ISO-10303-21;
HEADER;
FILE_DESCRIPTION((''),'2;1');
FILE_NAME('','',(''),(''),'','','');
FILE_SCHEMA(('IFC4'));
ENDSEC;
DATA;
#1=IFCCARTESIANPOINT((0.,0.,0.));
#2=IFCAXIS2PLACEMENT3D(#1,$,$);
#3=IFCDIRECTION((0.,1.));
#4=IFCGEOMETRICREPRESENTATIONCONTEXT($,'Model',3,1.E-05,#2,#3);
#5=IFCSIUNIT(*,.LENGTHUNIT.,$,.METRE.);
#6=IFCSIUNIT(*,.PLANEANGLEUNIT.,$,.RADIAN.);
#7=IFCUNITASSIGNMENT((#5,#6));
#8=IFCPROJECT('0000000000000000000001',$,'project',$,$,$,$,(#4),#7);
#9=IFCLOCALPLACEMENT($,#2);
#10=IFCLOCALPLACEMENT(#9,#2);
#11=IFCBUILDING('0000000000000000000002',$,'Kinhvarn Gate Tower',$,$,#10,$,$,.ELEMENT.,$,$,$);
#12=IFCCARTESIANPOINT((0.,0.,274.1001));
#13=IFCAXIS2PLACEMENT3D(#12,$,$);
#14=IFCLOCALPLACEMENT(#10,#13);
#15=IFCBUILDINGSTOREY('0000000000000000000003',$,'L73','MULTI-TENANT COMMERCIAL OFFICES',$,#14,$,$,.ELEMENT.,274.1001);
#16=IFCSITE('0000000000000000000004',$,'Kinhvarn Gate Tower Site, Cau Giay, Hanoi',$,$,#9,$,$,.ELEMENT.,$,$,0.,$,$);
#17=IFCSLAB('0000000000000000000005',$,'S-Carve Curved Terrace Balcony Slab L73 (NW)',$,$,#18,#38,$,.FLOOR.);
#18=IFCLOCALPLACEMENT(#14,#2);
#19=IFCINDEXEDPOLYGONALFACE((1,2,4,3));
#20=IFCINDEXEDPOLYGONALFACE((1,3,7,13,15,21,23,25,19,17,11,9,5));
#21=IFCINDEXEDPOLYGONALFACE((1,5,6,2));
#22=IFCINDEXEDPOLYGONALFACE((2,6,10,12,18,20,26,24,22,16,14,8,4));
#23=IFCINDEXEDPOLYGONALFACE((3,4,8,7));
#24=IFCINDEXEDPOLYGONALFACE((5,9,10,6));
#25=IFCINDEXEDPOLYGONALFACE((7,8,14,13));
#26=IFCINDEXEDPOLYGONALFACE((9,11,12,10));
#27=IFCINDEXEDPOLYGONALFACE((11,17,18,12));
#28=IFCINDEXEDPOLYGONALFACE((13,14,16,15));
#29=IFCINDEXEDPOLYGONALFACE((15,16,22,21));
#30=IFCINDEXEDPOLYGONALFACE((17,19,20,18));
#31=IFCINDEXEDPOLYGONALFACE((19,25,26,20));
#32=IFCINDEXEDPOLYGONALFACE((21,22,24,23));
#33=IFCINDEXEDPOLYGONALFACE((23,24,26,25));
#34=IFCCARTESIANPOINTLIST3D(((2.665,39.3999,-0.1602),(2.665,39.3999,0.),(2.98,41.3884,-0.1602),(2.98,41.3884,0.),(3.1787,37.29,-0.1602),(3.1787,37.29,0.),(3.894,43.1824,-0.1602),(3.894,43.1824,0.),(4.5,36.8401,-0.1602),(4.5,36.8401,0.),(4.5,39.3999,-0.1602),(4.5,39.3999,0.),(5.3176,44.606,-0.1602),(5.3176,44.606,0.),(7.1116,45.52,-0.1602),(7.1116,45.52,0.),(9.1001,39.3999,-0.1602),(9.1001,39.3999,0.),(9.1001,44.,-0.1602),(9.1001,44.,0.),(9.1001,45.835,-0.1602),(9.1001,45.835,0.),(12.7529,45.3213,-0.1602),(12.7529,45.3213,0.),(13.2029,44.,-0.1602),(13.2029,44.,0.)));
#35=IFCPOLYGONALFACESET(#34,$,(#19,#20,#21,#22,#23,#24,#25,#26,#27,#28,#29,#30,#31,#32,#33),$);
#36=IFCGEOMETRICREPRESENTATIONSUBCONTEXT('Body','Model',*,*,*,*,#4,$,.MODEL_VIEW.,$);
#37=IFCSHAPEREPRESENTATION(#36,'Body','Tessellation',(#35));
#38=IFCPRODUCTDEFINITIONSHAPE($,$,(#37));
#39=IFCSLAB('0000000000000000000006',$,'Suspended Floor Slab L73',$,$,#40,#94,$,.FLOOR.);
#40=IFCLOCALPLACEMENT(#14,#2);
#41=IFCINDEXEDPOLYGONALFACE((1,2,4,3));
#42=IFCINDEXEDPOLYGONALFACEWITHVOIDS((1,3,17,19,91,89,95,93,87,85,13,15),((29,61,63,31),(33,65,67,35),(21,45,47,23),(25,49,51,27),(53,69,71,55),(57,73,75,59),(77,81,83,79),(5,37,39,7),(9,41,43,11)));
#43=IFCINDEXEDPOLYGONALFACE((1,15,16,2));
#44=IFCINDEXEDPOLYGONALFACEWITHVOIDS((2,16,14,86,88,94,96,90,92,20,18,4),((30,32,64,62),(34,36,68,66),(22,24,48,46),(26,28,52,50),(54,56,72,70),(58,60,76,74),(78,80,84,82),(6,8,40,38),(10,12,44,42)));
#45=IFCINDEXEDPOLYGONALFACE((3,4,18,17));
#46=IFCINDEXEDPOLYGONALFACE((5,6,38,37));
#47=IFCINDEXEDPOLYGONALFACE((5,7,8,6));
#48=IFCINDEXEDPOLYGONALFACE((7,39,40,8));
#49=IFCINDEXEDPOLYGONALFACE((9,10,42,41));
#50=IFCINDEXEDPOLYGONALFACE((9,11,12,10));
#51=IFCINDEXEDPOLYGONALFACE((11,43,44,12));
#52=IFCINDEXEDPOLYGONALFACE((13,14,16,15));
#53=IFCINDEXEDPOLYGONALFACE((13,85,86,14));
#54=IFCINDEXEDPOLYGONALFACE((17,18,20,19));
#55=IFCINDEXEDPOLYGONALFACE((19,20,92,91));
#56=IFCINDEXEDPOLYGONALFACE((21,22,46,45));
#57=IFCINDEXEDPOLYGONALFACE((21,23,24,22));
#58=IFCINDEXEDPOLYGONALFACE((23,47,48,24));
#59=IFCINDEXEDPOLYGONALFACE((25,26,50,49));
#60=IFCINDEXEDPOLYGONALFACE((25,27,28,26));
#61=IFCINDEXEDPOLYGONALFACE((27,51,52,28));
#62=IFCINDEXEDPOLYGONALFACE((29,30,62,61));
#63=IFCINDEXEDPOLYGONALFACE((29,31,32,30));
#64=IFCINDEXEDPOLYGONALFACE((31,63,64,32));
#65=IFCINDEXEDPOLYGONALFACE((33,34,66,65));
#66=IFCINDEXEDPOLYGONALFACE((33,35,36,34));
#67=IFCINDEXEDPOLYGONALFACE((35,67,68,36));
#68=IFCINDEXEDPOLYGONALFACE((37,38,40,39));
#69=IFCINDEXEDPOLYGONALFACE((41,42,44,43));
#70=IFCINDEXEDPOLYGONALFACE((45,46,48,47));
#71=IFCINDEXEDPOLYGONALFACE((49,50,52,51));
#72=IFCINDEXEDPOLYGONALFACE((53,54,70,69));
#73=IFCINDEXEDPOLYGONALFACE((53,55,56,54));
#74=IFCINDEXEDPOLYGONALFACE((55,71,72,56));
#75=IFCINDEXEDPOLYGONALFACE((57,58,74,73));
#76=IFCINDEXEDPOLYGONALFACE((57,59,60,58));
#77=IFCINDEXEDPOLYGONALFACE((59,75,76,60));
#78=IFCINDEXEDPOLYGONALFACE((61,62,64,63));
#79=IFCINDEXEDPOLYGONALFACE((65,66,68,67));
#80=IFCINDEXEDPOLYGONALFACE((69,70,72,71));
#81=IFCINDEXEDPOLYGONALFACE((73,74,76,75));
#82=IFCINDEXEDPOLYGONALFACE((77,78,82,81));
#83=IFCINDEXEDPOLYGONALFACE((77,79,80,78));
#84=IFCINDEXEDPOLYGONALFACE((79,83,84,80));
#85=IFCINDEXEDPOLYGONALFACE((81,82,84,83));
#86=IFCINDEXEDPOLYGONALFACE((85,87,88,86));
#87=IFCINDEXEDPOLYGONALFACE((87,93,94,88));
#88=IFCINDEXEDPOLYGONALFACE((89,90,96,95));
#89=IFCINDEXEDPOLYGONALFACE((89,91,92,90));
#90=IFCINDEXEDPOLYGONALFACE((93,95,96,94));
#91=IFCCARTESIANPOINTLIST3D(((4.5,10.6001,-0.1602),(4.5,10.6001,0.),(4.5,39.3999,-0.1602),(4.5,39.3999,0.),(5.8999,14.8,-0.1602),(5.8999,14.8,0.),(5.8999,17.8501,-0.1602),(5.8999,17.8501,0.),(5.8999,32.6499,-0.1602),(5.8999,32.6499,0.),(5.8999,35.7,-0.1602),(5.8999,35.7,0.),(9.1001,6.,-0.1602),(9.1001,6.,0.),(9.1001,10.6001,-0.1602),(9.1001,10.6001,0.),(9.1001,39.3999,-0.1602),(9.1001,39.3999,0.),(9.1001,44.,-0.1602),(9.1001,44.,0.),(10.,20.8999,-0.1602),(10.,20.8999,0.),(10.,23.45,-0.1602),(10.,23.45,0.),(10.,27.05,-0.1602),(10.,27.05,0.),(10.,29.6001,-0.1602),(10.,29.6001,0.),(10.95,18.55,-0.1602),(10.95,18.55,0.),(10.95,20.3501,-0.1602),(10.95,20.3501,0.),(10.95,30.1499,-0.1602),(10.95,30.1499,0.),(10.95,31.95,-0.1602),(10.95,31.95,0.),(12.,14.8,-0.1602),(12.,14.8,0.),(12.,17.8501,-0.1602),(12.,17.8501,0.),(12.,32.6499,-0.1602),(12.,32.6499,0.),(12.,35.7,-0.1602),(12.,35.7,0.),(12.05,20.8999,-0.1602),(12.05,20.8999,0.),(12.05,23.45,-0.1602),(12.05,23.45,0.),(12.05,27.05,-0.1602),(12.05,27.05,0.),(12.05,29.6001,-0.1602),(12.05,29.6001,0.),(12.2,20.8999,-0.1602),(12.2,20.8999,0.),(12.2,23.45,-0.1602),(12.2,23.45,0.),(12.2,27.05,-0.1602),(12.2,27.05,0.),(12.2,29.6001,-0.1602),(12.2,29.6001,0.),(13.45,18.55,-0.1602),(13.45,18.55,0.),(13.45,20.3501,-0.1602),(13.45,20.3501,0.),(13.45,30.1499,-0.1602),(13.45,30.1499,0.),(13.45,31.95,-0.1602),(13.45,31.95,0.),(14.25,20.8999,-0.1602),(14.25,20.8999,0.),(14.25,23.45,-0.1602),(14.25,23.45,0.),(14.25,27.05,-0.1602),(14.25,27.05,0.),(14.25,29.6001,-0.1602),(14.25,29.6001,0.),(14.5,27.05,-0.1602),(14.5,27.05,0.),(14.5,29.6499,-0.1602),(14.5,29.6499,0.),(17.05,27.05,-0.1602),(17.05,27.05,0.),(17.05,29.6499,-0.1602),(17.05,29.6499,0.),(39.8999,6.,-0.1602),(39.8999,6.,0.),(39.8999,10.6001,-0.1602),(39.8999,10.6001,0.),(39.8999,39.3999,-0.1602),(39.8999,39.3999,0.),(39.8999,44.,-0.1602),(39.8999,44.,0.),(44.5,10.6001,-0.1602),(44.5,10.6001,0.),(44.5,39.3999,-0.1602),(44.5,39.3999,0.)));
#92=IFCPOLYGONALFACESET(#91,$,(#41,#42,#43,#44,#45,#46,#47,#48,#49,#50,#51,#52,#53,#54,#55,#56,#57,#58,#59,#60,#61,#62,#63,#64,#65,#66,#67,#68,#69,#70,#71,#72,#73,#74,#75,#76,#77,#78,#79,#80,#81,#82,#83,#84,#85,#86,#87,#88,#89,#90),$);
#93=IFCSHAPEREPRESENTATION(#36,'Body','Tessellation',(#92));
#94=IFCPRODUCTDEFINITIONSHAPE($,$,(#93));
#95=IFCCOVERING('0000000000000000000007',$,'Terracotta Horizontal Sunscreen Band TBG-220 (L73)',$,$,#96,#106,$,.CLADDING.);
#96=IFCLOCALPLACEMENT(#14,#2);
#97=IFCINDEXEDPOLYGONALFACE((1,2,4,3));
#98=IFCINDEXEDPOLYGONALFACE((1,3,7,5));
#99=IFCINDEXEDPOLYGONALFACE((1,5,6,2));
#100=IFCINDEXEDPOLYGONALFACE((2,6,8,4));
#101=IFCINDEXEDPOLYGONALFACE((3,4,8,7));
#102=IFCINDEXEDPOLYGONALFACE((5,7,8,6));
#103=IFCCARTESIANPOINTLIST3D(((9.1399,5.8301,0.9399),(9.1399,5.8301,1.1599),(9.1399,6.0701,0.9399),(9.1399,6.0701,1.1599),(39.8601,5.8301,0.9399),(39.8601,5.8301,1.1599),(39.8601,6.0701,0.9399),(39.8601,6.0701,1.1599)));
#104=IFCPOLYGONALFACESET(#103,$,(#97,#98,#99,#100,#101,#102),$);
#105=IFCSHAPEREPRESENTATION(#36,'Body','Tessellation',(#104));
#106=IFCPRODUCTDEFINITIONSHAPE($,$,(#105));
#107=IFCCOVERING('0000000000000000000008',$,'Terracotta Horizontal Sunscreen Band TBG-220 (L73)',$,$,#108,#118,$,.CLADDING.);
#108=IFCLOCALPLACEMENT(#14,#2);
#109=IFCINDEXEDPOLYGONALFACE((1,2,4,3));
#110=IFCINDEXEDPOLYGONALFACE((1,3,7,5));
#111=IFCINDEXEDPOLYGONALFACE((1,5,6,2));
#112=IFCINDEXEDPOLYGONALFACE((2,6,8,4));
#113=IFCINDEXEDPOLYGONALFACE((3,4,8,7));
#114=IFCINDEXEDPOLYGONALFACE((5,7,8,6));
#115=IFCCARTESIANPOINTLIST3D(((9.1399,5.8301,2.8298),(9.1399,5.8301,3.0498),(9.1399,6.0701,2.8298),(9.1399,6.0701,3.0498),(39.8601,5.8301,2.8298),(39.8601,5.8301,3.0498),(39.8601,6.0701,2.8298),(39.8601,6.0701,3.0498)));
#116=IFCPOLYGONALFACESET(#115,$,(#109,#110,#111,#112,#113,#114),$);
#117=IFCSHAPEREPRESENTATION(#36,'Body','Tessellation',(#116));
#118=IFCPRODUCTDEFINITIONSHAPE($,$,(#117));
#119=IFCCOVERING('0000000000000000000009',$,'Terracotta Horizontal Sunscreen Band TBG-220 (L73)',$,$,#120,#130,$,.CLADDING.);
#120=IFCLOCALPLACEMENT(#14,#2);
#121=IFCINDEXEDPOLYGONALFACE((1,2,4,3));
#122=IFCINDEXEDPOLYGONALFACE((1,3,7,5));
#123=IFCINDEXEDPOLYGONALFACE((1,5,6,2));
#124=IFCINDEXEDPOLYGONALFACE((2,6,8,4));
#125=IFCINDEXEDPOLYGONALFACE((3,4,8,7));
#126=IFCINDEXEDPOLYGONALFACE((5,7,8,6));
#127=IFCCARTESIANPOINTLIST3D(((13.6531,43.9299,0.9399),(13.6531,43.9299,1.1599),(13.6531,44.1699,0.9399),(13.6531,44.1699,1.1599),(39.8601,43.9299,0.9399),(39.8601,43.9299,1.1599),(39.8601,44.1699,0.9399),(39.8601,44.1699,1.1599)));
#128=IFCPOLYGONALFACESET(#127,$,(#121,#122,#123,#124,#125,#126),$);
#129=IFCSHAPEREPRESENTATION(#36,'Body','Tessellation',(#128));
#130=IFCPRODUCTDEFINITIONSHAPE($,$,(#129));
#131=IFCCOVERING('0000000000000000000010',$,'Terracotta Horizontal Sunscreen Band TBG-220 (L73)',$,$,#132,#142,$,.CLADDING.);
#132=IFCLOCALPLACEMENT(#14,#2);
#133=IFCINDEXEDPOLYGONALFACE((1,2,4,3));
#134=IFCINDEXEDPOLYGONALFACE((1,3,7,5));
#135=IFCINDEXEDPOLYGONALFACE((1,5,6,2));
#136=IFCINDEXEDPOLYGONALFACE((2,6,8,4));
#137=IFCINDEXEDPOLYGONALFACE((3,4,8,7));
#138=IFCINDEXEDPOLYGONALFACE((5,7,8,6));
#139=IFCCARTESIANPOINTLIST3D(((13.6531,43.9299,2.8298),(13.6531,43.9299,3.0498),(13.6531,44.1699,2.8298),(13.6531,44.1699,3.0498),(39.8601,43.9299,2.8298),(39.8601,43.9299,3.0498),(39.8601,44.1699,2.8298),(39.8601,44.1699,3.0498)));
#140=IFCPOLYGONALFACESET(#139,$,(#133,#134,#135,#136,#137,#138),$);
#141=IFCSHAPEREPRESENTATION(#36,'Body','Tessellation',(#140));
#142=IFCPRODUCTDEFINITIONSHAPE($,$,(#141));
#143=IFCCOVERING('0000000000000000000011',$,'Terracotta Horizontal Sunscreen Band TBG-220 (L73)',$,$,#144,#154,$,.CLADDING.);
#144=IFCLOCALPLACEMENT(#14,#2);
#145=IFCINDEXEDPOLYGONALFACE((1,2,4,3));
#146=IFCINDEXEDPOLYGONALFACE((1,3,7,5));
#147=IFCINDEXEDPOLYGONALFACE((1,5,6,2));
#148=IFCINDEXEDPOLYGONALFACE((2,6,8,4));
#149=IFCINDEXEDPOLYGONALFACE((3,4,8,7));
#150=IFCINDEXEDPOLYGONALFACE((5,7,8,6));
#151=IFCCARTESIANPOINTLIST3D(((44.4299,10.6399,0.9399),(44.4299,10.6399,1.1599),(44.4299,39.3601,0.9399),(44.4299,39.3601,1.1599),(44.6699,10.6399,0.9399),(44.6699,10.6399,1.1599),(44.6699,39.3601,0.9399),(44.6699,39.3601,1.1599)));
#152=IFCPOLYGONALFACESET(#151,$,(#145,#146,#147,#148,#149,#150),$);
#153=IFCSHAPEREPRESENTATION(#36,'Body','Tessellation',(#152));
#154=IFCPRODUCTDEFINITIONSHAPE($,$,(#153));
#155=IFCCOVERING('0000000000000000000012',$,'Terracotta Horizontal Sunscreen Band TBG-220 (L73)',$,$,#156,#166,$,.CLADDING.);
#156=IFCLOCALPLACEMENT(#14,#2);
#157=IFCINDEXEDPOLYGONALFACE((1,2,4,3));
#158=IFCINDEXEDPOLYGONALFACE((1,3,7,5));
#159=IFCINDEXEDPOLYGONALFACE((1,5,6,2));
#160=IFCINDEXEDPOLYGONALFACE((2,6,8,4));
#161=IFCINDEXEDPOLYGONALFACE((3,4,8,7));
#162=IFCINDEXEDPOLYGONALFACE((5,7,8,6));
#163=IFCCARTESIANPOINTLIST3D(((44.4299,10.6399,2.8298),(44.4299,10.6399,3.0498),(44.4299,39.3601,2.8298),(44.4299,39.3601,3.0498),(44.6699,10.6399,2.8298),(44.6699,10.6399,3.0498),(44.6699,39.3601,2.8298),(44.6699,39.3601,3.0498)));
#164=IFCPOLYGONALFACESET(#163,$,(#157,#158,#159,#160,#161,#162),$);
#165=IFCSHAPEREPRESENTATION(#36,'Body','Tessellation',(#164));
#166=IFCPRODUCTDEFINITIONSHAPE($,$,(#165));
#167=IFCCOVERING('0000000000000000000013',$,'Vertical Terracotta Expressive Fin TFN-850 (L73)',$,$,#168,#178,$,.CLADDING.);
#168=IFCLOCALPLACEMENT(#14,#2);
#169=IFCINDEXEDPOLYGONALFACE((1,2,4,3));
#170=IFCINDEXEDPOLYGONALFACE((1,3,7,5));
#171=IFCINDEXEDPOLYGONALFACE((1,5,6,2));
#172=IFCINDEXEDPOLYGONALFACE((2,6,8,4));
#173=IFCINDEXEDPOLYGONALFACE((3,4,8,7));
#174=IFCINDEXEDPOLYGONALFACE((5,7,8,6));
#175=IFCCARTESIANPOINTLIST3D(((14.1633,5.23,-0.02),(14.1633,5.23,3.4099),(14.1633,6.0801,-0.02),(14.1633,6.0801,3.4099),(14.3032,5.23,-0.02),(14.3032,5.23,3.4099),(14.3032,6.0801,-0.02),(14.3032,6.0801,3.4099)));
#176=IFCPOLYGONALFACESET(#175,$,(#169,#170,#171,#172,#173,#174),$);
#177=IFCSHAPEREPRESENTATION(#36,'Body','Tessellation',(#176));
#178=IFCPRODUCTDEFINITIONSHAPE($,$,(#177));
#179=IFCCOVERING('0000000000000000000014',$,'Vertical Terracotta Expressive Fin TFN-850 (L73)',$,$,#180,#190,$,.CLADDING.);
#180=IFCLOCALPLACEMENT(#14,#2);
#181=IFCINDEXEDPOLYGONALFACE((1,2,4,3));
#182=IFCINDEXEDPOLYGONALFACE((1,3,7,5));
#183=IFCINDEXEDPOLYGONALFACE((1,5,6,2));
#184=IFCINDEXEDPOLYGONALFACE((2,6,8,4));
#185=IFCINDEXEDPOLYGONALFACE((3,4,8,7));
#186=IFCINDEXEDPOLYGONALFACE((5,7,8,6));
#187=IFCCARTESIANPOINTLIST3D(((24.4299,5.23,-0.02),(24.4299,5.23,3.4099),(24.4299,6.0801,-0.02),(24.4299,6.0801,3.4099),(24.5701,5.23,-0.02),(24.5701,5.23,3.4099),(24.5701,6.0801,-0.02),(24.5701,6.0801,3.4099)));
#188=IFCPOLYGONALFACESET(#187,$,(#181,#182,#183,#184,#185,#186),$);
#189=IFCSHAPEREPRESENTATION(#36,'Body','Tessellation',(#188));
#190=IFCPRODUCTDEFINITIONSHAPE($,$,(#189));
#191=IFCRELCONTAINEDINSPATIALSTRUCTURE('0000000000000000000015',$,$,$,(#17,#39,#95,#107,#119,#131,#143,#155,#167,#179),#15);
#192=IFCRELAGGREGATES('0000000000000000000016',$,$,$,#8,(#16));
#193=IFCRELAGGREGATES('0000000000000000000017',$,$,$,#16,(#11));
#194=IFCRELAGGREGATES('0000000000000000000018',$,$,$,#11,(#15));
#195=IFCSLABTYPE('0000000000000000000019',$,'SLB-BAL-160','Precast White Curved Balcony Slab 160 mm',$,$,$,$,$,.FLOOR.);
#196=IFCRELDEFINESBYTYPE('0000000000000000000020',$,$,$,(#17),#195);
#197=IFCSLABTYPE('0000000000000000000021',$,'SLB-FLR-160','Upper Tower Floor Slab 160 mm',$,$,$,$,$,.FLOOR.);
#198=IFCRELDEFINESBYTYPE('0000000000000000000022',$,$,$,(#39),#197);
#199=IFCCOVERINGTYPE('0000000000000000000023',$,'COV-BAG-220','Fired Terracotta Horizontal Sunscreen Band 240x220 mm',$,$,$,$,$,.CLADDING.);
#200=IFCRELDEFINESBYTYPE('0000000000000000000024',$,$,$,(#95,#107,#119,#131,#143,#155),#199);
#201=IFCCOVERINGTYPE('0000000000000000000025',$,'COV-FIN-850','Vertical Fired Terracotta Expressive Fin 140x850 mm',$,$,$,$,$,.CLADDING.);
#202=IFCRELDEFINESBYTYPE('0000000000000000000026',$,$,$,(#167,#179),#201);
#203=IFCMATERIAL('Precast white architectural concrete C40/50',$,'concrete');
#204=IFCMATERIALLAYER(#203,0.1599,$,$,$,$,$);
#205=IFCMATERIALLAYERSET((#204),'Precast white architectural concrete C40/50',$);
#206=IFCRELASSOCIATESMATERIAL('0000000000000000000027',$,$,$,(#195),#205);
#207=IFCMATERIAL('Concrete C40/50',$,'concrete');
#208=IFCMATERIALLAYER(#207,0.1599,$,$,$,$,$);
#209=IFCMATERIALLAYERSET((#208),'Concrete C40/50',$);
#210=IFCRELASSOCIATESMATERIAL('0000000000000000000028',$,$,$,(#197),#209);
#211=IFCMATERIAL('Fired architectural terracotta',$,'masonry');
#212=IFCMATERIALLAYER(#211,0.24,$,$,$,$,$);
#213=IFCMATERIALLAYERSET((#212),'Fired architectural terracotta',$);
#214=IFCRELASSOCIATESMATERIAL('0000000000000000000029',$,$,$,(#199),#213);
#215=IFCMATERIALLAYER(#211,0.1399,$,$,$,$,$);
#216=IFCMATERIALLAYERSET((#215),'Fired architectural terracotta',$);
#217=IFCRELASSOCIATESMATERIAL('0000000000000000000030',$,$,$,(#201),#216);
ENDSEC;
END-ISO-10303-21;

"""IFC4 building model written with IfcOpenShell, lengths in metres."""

from ifc_helpers import new_model, si_unit, direction, frame, origin, place, context, subcontext, project, spatial, polyline, outline, extrude, material, layer, layer_set, type_object, element, save


model = new_model("IFC4")

# Units and contexts
model_context = context("Model", 3, precision=1e-05, world=origin(), true_north=direction((0.0, 1.0)))
body_context = subcontext(model_context, "Body", "Model", "MODEL_VIEW")
ifc_project = project(units=[si_unit("LENGTHUNIT", "METRE"), si_unit("PLANEANGLEUNIT", "RADIAN")], contexts=[model_context])

# Site, building, storey
site_placement = place(None, origin())
site = spatial("IfcSite", under=ifc_project, at=site_placement, Name="Kinhvarn Gate Tower Site, Cau Giay, Hanoi", CompositionType="ELEMENT", RefElevation=0.0)
building_placement = place(site_placement, origin())
building = spatial("IfcBuilding", under=site, at=building_placement, Name="Kinhvarn Gate Tower", CompositionType="ELEMENT")
storey_placement = place(building_placement, frame((0.0, 0.0, 274.1001)))
storey = spatial("IfcBuildingStorey", under=building, at=storey_placement, Name="L73", Description="MULTI-TENANT COMMERCIAL OFFICES", CompositionType="ELEMENT", Elevation=274.1001)

# Slabs
ifc_material_1 = material(Name="Precast white architectural concrete C40/50", Category="concrete")
ifc_layer_1 = layer(ifc_material_1, 0.1599)
ifc_layer_set_1 = layer_set([ifc_layer_1], Name="Precast white architectural concrete C40/50")
slab_type_1 = type_object("IfcSlabType", Name="SLB-BAL-160", Description="Precast White Curved Balcony Slab 160 mm", PredefinedType="FLOOR", material=ifc_layer_set_1)
slab_1_placement = place(storey_placement, frame((0.0, 0.0, -0.1602)))
element("IfcSlab", 1, at=slab_1_placement, inside=storey, type_object=slab_type_1, Name="S-Carve Curved Terrace Balcony Slab L73 (NW)", PredefinedType="FLOOR", context=body_context, shape_type="SweptSolid", body=[
    extrude(outline(polyline([(13.2029, 44.0), (12.7529, 45.3213), (9.1001, 45.835), (7.1116, 45.52), (5.3176, 44.606), (3.894, 43.1824), (2.98, 41.3884), (2.665, 39.3999), (3.1787, 37.29), (4.5, 36.8401), (4.5, 39.3999), (9.1001, 39.3999), (9.1001, 44.0), (13.2029, 44.0)])), origin(), (0.0, 0.0, 1.0), 0.1602),
])
ifc_material_2 = material(Name="Concrete C40/50", Category="concrete")
ifc_layer_2 = layer(ifc_material_2, 0.1599)
ifc_layer_set_2 = layer_set([ifc_layer_2], Name="Concrete C40/50")
slab_type_2 = type_object("IfcSlabType", Name="SLB-FLR-160", Description="Upper Tower Floor Slab 160 mm", PredefinedType="FLOOR", material=ifc_layer_set_2)
slab_2_placement = place(storey_placement, frame((0.0, 0.0, -0.1602)))
element("IfcSlab", 2, at=slab_2_placement, inside=storey, type_object=slab_type_2, Name="Suspended Floor Slab L73", PredefinedType="FLOOR", context=body_context, shape_type="SweptSolid", body=[
    extrude(outline(polyline([(9.1001, 6.0), (39.8999, 6.0), (39.8999, 10.6001), (44.5, 10.6001), (44.5, 39.3999), (39.8999, 39.3999), (39.8999, 44.0), (9.1001, 44.0), (9.1001, 39.3999), (4.5, 39.3999), (4.5, 10.6001), (9.1001, 10.6001), (9.1001, 6.0)]), holes=[polyline([(5.8999, 14.8), (12.0, 14.8), (12.0, 17.8501), (5.8999, 17.8501), (5.8999, 14.8)]), polyline([(5.8999, 32.6499), (12.0, 32.6499), (12.0, 35.7), (5.8999, 35.7), (5.8999, 32.6499)]), polyline([(10.0, 20.8999), (12.05, 20.8999), (12.05, 23.45), (10.0, 23.45), (10.0, 20.8999)]), polyline([(12.2, 20.8999), (14.25, 20.8999), (14.25, 23.45), (12.2, 23.45), (12.2, 20.8999)]), polyline([(10.0, 27.05), (12.05, 27.05), (12.05, 29.6001), (10.0, 29.6001), (10.0, 27.05)]), polyline([(12.2, 27.05), (14.25, 27.05), (14.25, 29.6001), (12.2, 29.6001), (12.2, 27.05)]), polyline([(14.5, 27.05), (17.05, 27.05), (17.05, 29.6499), (14.5, 29.6499), (14.5, 27.05)]), polyline([(10.95, 18.55), (13.45, 18.55), (13.45, 20.3501), (10.95, 20.3501), (10.95, 18.55)]), polyline([(10.95, 30.1499), (13.45, 30.1499), (13.45, 31.95), (10.95, 31.95), (10.95, 30.1499)])]), origin(), (0.0, 0.0, 1.0), 0.1602),
])

# Coverings
ifc_material_3 = material(Name="Fired architectural terracotta", Category="masonry")
ifc_layer_3 = layer(ifc_material_3, 0.24)
ifc_layer_set_3 = layer_set([ifc_layer_3], Name="Fired architectural terracotta")
covering_type_1 = type_object("IfcCoveringType", Name="COV-BAG-220", Description="Fired Terracotta Horizontal Sunscreen Band 240x220 mm", PredefinedType="CLADDING", material=ifc_layer_set_3)
for number, where, name in (
    (3, (0.0, 0.0, 0.9399), "Terracotta Horizontal Sunscreen Band TBG-220 (L73)"),
    (4, (0.0, 0.0, 2.8298), "Terracotta Horizontal Sunscreen Band TBG-220 (L73)"),
):
    element("IfcCovering", number, at=place(storey_placement, frame(where)), inside=storey, type_object=covering_type_1, Name=name, PredefinedType="CLADDING", context=body_context, shape_type="SweptSolid", body=[
        extrude(outline(polyline([(9.1399, 6.0701), (39.8601, 6.0701), (39.8601, 5.8301), (9.1399, 5.8301), (9.1399, 6.0701)])), origin(), (0.0, 0.0, 1.0), 0.22),
    ])
for number, where, name in (
    (5, (0.0, 0.0, 0.9399), "Terracotta Horizontal Sunscreen Band TBG-220 (L73)"),
    (6, (0.0, 0.0, 2.8298), "Terracotta Horizontal Sunscreen Band TBG-220 (L73)"),
):
    element("IfcCovering", number, at=place(storey_placement, frame(where)), inside=storey, type_object=covering_type_1, Name=name, PredefinedType="CLADDING", context=body_context, shape_type="SweptSolid", body=[
        extrude(outline(polyline([(39.8601, 43.9299), (13.6531, 43.9299), (13.6531, 44.1699), (39.8601, 44.1699), (39.8601, 43.9299)])), origin(), (0.0, 0.0, 1.0), 0.22),
    ])
for number, where, name in (
    (7, (0.0, 0.0, 0.9399), "Terracotta Horizontal Sunscreen Band TBG-220 (L73)"),
    (8, (0.0, 0.0, 2.8298), "Terracotta Horizontal Sunscreen Band TBG-220 (L73)"),
):
    element("IfcCovering", number, at=place(storey_placement, frame(where)), inside=storey, type_object=covering_type_1, Name=name, PredefinedType="CLADDING", context=body_context, shape_type="SweptSolid", body=[
        extrude(outline(polyline([(44.4299, 10.6399), (44.4299, 39.3601), (44.6699, 39.3601), (44.6699, 10.6399), (44.4299, 10.6399)])), origin(), (0.0, 0.0, 1.0), 0.22),
    ])
ifc_layer_4 = layer(ifc_material_3, 0.1399)
ifc_layer_set_4 = layer_set([ifc_layer_4], Name="Fired architectural terracotta")
covering_type_2 = type_object("IfcCoveringType", Name="COV-FIN-850", Description="Vertical Fired Terracotta Expressive Fin 140x850 mm", PredefinedType="CLADDING", material=ifc_layer_set_4)
covering_1_placement = place(storey_placement, frame((0.0, 0.0, -0.02)))
element("IfcCovering", 9, at=covering_1_placement, inside=storey, type_object=covering_type_2, Name="Vertical Terracotta Expressive Fin TFN-850 (L73)", PredefinedType="CLADDING", context=body_context, shape_type="SweptSolid", body=[
    extrude(outline(polyline([(14.1633, 6.0801), (14.3032, 6.0801), (14.3032, 5.23), (14.1633, 5.23), (14.1633, 6.0801)])), origin(), (0.0, 0.0, 1.0), 3.4299),
])
covering_2_placement = place(storey_placement, frame((0.0, 0.0, -0.02)))
element("IfcCovering", 10, at=covering_2_placement, inside=storey, type_object=covering_type_2, Name="Vertical Terracotta Expressive Fin TFN-850 (L73)", PredefinedType="CLADDING", context=body_context, shape_type="SweptSolid", body=[
    extrude(outline(polyline([(24.4299, 6.0801), (24.5701, 6.0801), (24.5701, 5.23), (24.4299, 5.23), (24.4299, 6.0801)])), origin(), (0.0, 0.0, 1.0), 3.4299),
])

save(model, "model.ifc")
